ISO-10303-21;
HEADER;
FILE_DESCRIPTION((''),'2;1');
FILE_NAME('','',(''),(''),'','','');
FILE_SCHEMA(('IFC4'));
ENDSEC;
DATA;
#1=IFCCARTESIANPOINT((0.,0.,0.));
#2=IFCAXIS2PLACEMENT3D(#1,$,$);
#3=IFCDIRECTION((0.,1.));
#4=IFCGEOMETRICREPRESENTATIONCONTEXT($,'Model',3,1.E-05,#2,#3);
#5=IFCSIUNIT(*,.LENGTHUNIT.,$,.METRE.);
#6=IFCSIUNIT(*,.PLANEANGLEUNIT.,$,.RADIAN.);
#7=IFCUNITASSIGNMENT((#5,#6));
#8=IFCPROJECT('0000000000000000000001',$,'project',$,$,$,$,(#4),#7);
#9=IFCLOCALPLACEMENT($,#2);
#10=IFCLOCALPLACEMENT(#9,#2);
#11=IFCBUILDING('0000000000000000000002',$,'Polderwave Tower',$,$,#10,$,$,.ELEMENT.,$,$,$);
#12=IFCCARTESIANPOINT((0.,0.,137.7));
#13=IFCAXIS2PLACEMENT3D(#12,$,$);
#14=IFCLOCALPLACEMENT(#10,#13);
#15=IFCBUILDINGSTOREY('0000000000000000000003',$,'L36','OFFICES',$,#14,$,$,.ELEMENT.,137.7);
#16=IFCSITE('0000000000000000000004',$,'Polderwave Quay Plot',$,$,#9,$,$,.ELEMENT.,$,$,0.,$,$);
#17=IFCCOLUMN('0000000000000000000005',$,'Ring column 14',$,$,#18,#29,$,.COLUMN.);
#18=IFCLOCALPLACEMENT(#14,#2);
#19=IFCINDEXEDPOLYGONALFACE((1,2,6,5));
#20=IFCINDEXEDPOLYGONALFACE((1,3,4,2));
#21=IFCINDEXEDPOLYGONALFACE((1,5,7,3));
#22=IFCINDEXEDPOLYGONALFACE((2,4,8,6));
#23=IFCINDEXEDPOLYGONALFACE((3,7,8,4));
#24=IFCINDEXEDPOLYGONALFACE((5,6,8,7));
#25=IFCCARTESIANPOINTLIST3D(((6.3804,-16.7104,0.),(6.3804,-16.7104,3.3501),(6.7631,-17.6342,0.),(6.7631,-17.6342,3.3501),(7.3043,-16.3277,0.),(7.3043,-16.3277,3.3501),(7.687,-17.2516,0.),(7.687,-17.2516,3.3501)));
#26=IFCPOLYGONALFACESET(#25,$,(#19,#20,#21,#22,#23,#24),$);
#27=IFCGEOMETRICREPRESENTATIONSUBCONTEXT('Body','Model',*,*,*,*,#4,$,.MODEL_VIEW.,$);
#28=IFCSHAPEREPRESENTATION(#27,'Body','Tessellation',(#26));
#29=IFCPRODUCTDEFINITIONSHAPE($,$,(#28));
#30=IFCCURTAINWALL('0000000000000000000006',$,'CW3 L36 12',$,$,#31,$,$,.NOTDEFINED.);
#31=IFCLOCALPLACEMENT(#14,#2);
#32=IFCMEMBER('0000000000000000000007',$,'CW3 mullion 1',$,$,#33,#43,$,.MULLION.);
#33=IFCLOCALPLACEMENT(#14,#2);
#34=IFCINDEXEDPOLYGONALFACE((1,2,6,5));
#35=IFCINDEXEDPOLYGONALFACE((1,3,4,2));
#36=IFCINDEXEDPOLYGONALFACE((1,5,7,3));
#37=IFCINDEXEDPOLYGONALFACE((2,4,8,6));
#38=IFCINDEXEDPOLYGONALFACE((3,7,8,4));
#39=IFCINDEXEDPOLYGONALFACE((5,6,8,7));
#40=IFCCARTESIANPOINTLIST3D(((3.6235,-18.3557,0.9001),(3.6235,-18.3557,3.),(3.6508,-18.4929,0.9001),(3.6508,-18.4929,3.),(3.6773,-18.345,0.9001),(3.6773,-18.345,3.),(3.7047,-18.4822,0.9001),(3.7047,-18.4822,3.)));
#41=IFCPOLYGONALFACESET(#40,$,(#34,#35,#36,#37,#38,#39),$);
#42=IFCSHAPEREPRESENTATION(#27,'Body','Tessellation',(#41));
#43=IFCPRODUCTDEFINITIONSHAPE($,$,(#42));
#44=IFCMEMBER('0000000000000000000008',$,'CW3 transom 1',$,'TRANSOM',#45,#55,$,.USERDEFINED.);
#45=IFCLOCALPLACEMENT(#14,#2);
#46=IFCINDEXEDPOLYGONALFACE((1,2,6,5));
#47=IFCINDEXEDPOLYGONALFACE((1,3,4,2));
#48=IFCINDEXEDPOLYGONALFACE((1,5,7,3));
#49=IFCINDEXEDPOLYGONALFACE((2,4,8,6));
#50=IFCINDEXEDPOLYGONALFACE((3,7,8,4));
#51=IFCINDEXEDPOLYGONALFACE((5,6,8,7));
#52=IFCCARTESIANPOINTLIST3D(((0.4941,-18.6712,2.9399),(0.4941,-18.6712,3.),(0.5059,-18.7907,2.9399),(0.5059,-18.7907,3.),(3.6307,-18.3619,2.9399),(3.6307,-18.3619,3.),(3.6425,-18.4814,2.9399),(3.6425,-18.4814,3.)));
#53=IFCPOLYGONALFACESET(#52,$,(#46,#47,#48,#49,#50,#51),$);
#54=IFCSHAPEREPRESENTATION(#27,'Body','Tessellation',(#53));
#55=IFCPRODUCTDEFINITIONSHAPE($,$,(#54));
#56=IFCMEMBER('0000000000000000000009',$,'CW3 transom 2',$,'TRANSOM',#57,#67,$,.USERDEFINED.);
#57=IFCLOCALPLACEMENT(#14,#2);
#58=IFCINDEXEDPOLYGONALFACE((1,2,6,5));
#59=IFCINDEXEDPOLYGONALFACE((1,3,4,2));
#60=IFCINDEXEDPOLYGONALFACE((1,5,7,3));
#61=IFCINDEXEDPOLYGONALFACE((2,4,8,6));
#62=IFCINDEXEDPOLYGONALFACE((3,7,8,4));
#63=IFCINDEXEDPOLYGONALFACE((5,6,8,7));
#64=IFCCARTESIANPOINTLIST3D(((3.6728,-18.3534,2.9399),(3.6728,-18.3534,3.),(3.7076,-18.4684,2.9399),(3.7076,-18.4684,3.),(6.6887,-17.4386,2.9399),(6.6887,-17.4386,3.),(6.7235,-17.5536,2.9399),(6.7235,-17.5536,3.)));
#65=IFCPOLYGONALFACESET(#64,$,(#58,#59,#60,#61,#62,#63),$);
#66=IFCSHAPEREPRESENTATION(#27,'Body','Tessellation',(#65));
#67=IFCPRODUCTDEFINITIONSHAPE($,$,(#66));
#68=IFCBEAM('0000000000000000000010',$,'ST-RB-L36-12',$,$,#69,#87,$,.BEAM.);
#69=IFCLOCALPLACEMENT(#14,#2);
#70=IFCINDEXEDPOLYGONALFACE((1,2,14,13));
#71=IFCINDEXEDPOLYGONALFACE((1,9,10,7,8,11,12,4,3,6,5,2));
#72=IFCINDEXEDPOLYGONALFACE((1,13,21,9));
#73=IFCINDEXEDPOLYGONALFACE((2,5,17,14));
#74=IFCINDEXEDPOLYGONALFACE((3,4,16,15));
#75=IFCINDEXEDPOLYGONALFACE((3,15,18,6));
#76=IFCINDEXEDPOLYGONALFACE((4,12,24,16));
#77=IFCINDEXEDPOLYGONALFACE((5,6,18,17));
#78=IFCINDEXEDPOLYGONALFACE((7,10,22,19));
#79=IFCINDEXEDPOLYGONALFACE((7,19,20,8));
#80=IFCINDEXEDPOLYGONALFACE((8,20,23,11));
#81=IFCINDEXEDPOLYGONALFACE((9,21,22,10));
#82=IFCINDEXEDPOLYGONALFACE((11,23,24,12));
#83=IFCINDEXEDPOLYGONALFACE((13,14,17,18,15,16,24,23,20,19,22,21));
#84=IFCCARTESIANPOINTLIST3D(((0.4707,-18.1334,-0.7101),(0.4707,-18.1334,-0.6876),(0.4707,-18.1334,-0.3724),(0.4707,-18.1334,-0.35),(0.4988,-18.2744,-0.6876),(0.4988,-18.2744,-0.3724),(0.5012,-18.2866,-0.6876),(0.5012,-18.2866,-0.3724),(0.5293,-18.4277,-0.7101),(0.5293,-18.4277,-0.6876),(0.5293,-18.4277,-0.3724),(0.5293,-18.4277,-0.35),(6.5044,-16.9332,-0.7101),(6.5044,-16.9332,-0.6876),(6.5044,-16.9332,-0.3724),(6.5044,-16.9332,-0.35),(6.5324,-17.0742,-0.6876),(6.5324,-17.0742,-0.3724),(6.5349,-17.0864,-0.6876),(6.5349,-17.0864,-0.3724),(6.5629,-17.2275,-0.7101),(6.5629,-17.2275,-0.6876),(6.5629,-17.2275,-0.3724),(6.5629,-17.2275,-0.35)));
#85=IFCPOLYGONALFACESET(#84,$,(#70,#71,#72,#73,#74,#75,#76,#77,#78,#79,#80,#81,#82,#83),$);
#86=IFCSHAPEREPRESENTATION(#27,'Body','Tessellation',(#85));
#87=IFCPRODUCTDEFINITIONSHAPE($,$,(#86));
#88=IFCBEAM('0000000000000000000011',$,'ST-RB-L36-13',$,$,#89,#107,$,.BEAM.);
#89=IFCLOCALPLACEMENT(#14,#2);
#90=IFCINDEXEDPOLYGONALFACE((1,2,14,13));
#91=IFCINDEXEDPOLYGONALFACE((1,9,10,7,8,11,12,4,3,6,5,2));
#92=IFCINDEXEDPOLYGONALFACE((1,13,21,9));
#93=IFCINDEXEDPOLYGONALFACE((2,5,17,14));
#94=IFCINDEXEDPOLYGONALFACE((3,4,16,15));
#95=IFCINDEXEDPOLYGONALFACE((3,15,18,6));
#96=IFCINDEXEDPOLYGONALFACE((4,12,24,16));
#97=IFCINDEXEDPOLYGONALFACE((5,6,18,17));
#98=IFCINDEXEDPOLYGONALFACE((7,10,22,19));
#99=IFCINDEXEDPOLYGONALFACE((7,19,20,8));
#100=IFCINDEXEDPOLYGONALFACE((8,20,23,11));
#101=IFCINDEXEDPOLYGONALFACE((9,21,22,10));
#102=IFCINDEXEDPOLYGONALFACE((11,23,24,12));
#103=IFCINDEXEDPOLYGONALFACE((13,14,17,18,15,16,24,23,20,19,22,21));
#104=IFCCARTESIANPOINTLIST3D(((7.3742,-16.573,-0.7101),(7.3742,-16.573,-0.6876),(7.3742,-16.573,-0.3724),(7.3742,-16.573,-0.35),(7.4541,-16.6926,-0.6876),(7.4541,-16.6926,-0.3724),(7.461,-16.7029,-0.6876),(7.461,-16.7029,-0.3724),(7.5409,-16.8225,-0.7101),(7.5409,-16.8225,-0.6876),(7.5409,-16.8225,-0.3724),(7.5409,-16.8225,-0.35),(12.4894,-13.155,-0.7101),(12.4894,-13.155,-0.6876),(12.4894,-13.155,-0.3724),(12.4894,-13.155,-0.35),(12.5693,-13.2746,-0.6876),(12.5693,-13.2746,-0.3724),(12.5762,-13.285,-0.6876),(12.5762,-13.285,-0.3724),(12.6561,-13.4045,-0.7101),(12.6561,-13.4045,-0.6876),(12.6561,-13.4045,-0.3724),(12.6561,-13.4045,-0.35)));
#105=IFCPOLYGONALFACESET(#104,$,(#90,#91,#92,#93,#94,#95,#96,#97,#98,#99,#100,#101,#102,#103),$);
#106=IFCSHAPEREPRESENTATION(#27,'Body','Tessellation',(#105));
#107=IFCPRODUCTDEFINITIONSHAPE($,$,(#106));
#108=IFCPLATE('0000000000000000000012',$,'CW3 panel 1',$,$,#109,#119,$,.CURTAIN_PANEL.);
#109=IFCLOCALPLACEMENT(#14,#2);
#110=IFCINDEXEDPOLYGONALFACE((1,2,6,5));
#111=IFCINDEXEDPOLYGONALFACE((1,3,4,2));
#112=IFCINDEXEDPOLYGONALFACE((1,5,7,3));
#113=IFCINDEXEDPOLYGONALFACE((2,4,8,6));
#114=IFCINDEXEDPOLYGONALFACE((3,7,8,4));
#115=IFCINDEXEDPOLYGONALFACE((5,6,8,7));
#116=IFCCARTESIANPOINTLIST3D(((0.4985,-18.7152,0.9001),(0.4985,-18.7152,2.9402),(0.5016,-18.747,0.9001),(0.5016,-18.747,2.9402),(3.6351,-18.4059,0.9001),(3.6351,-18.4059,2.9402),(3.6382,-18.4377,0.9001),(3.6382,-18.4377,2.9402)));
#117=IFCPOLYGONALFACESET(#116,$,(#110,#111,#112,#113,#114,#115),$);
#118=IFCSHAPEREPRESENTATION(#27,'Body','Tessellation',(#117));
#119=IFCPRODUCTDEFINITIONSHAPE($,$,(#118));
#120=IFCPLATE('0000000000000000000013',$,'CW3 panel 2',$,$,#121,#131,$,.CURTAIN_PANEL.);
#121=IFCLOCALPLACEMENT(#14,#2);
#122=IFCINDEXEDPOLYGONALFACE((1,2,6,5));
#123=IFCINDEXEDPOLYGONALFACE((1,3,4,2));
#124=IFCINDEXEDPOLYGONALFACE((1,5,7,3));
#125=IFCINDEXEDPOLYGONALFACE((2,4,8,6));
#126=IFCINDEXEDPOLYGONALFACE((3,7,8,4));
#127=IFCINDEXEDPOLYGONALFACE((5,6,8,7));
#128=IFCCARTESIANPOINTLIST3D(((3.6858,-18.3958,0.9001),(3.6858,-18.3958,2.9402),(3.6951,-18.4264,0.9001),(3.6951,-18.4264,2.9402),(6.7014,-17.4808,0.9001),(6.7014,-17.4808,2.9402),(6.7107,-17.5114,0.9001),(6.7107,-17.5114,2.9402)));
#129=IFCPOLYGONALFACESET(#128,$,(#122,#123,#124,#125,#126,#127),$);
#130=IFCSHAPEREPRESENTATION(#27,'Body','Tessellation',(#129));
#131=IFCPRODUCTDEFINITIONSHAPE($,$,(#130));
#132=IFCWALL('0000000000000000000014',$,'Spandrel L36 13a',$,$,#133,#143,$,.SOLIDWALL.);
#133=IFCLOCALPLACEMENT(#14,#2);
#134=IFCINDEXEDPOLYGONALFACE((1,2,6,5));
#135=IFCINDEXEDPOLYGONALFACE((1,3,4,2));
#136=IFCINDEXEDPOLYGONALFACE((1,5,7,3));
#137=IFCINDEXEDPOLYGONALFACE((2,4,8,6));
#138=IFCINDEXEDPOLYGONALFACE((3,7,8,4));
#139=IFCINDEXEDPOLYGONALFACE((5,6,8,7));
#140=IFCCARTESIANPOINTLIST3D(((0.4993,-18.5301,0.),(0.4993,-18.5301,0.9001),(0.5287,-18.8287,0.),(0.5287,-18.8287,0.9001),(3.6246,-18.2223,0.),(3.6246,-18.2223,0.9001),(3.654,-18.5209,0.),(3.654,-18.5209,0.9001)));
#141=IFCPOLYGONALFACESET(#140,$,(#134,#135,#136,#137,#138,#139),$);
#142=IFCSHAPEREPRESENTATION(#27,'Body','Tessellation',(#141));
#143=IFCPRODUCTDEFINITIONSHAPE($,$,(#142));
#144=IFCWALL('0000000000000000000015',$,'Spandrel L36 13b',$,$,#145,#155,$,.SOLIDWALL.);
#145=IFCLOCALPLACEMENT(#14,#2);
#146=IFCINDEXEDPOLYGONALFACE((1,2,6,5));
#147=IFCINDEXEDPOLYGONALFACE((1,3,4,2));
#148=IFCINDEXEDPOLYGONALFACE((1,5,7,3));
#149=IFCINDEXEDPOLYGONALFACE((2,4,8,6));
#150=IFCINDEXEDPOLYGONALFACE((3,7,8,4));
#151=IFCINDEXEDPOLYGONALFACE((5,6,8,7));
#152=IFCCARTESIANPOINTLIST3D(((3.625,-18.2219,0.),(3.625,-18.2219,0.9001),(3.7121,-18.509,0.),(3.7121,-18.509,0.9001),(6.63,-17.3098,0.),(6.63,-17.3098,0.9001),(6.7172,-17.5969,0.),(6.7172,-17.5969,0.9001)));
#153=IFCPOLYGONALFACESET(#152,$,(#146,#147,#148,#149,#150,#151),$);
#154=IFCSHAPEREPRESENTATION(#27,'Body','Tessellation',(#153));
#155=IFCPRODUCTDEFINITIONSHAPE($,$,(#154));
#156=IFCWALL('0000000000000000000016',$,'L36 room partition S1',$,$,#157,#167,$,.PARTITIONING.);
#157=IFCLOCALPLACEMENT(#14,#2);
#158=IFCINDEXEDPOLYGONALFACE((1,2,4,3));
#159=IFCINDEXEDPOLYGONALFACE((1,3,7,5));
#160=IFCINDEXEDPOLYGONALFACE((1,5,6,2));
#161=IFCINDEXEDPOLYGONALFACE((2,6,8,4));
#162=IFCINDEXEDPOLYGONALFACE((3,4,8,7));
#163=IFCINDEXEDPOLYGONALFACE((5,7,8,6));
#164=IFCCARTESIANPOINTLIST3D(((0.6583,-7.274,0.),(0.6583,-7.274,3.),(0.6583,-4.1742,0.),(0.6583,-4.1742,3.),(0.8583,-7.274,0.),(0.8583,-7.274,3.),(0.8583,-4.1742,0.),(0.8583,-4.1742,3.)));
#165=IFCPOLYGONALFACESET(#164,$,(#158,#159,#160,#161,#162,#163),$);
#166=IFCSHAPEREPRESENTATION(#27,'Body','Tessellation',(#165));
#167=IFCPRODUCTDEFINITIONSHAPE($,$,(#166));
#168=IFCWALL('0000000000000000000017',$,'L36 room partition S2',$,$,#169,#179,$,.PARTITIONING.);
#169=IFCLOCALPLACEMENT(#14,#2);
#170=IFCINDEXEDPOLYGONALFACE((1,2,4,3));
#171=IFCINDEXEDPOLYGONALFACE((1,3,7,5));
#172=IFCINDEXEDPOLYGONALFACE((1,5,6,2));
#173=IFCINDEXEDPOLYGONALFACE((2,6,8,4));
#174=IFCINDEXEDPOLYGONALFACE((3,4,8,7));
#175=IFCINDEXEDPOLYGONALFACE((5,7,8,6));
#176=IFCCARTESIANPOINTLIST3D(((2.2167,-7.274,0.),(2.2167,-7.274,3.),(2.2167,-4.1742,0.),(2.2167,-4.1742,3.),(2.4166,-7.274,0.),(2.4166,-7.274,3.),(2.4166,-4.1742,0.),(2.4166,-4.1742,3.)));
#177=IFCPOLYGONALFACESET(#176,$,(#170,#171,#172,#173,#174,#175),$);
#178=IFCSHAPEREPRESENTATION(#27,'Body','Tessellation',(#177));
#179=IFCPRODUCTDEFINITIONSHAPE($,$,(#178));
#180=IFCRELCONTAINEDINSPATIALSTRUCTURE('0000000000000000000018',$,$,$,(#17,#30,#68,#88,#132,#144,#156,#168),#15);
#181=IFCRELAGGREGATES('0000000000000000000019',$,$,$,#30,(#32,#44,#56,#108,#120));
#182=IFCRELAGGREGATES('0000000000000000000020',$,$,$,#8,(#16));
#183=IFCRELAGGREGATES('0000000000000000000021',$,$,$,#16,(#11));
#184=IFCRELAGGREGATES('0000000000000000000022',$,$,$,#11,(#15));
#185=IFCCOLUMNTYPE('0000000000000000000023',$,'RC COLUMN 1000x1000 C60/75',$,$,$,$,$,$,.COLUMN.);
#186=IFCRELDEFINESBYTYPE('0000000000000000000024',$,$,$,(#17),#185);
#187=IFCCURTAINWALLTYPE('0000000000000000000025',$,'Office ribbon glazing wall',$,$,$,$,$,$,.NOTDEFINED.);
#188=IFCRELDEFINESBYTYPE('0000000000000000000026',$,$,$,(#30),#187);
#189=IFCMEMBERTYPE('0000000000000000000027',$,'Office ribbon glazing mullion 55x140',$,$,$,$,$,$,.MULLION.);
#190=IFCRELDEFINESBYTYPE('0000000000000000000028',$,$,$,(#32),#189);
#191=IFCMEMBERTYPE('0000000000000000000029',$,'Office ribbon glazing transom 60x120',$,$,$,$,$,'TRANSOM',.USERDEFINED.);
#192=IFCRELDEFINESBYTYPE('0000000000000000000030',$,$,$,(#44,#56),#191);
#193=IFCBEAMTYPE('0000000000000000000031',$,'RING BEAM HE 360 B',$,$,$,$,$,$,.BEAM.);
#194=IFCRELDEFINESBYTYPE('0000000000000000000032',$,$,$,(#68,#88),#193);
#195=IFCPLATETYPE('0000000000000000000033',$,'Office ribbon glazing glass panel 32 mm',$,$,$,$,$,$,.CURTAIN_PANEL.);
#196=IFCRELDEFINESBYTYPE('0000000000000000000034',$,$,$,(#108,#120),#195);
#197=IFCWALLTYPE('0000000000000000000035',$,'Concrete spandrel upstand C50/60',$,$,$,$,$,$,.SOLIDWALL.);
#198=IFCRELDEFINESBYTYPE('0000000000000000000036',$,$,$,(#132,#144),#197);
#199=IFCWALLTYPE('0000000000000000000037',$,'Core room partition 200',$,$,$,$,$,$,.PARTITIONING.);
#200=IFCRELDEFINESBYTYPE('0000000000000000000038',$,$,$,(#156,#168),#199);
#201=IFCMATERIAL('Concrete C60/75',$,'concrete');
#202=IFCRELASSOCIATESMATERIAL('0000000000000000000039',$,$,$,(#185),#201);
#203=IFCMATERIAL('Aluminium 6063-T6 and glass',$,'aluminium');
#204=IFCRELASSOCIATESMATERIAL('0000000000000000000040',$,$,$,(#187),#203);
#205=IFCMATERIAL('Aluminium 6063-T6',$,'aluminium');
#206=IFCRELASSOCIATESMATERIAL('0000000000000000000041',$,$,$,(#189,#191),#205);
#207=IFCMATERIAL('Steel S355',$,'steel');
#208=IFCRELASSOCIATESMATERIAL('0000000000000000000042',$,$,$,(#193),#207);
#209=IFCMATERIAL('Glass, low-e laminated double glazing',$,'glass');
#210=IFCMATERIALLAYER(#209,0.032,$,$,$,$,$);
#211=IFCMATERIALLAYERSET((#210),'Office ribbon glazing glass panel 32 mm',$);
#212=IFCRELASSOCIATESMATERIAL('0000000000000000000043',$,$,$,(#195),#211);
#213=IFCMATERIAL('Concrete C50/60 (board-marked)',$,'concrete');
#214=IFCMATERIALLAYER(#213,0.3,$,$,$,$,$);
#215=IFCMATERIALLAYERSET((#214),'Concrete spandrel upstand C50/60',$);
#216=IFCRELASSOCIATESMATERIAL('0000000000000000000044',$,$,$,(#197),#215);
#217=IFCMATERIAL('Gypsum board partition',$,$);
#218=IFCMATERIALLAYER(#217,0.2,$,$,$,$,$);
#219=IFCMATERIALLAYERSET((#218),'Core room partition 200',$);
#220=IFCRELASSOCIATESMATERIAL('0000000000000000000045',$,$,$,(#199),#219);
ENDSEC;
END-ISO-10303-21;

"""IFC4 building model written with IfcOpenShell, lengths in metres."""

from ifc_helpers import new_model, si_unit, direction, frame, frame_2d, origin, origin_2d, place, context, subcontext, project, spatial, rectangle, i_section, extrude, material, layer, layer_set, material_profile, profile_set, type_object, element, aggregate, save


model = new_model("IFC4")

# Units and contexts
model_context = context("Model", 3, precision=1e-05, world=origin(), true_north=direction((0.0, 1.0)))
body_context = subcontext(model_context, "Body", "Model", "MODEL_VIEW")
ifc_project = project(units=[si_unit("LENGTHUNIT", "METRE"), si_unit("PLANEANGLEUNIT", "RADIAN")], contexts=[model_context])

# Site, building, storey
site_placement = place(None, origin())
site = spatial("IfcSite", under=ifc_project, at=site_placement, Name="Polderwave Quay Plot", CompositionType="ELEMENT", RefElevation=0.0)
building_placement = place(site_placement, origin())
building = spatial("IfcBuilding", under=site, at=building_placement, Name="Polderwave Tower", CompositionType="ELEMENT")
storey_placement = place(building_placement, frame((0.0, 0.0, 137.7)))
storey = spatial("IfcBuildingStorey", under=building, at=storey_placement, Name="L36", Description="OFFICES", CompositionType="ELEMENT", Elevation=137.7)

# Column
ifc_material_1 = material(Name="Concrete C60/75", Category="concrete")
ifc_material_profile_1 = material_profile(ifc_material_1, rectangle(XDim=1.0, YDim=1.0, at=origin_2d()), Name="RC 1000x1000")
ifc_profile_set_1 = profile_set([ifc_material_profile_1], Name="Concrete C60/75")
column_type = type_object("IfcColumnType", Name="RC COLUMN 1000x1000 C60/75", PredefinedType="COLUMN", material=ifc_profile_set_1)
column_placement = place(storey_placement, frame((7.0337, -16.981, 0.0), z_axis=(0.0, 0.0, 1.0), x_axis=(0.382683, -0.92388, 0.0)))
element("IfcColumn", 1, at=column_placement, inside=storey, type_object=column_type, Name="Ring column 14", PredefinedType="COLUMN", context=body_context, shape_type="SweptSolid", body=[
    extrude(rectangle(XDim=1.0, YDim=1.0, at=origin_2d()), origin(), (0.0, 0.0, 1.0), 3.3501),
])

# Curtain wall, members
ifc_material_2 = material(Name="Aluminium 6063-T6 and glass", Category="aluminium")
curtain_wall_type = type_object("IfcCurtainWallType", Name="Office ribbon glazing wall", PredefinedType="NOTDEFINED", material=ifc_material_2)
curtain_wall_placement = place(storey_placement, origin())
curtain_wall = element("IfcCurtainWall", 2, at=curtain_wall_placement, inside=storey, type_object=curtain_wall_type, Name="CW3 L36 12", PredefinedType="NOTDEFINED")
ifc_material_3 = material(Name="Aluminium 6063-T6", Category="aluminium")
ifc_material_profile_2 = material_profile(ifc_material_3, rectangle(XDim=0.1399, YDim=0.0549, at=origin_2d()), Name="AL 55x140")
ifc_profile_set_2 = profile_set([ifc_material_profile_2], Name="Aluminium 6063-T6")
member_type_1 = type_object("IfcMemberType", Name="Office ribbon glazing mullion 55x140", PredefinedType="MULLION", material=ifc_profile_set_2)
member_1_placement = place(storey_placement, frame((3.6641, -18.4189, 0.9001), z_axis=(0.0, 0.0, 1.0), x_axis=(-0.195179, 0.980768, 0.0)))
member_1 = element("IfcMember", 3, at=member_1_placement, type_object=member_type_1, Name="CW3 mullion 1", PredefinedType="MULLION", context=body_context, shape_type="SweptSolid", body=[
    extrude(rectangle(XDim=0.1399, YDim=0.0549, at=origin_2d()), origin(), (0.0, 0.0, 1.0), 2.0999),
])
ifc_material_profile_3 = material_profile(ifc_material_3, rectangle(XDim=0.1201, YDim=0.0601, at=origin_2d()), Name="AL 60x120")
ifc_profile_set_3 = profile_set([ifc_material_profile_3], Name="Aluminium 6063-T6")
member_type_2 = type_object("IfcMemberType", Name="Office ribbon glazing transom 60x120", ElementType="TRANSOM", PredefinedType="USERDEFINED", material=ifc_profile_set_3)
member_2_placement = place(storey_placement, frame((0.5, -18.731, 2.97), z_axis=(0.995173, 0.098139, 0.0), x_axis=(-0.098139, 0.995173, 0.0)))
member_2 = element("IfcMember", 4, at=member_2_placement, type_object=member_type_2, Name="CW3 transom 1", ObjectType="TRANSOM", PredefinedType="USERDEFINED", context=body_context, shape_type="SweptSolid", body=[
    extrude(rectangle(XDim=0.1201, YDim=0.0601, at=origin_2d()), origin(), (0.0, 0.0, 1.0), 3.1519),
])
member_3_placement = place(storey_placement, frame((3.6902, -18.4109, 2.97), z_axis=(0.956946, 0.290268, 0.0), x_axis=(-0.290268, 0.956946, 0.0)))
member_3 = element("IfcMember", 5, at=member_3_placement, type_object=member_type_2, Name="CW3 transom 2", ObjectType="TRANSOM", PredefinedType="USERDEFINED", context=body_context, shape_type="SweptSolid", body=[
    extrude(rectangle(XDim=0.1201, YDim=0.0601, at=origin_2d()), origin(), (0.0, 0.0, 1.0), 3.1516),
])

# Beams
ifc_material_4 = material(Name="Steel S355", Category="steel")
ifc_material_profile_4 = material_profile(ifc_material_4, i_section(OverallWidth=0.3, OverallDepth=0.3601, WebThickness=0.0125, FlangeThickness=0.0225, at=origin_2d()), Name="HE 360 B")
ifc_profile_set_4 = profile_set([ifc_material_profile_4], Name="Steel S355")
beam_type = type_object("IfcBeamType", Name="RING BEAM HE 360 B", PredefinedType="BEAM", material=ifc_profile_set_4)
beam_1_placement = place(storey_placement, frame((0.5, -18.2805, -0.53), z_axis=(0.980785, 0.195093, 0.0), x_axis=(-0.195093, 0.980785, 0.0)))
element("IfcBeam", 6, at=beam_1_placement, inside=storey, type_object=beam_type, Name="ST-RB-L36-12", PredefinedType="BEAM", context=body_context, shape_type="SweptSolid", body=[
    extrude(i_section(OverallWidth=0.3, OverallDepth=0.3601, WebThickness=0.0125, FlangeThickness=0.0225, at=origin_2d()), origin(), (0.0, 0.0, 1.0), 6.1519),
])
beam_2_placement = place(storey_placement, frame((7.4575, -16.6978, -0.53), z_axis=(0.831464, 0.555579, 0.0), x_axis=(-0.555579, 0.831464, 0.0)))
element("IfcBeam", 7, at=beam_2_placement, inside=storey, type_object=beam_type, Name="ST-RB-L36-13", PredefinedType="BEAM", context=body_context, shape_type="SweptSolid", body=[
    extrude(i_section(OverallWidth=0.3, OverallDepth=0.3601, WebThickness=0.0125, FlangeThickness=0.0225, at=origin_2d()), origin(), (0.0, 0.0, 1.0), 6.1521),
])

# Plates
ifc_material_5 = material(Name="Glass, low-e laminated double glazing", Category="glass")
ifc_layer_1 = layer(ifc_material_5, 0.032)
ifc_layer_set_1 = layer_set([ifc_layer_1], Name="Office ribbon glazing glass panel 32 mm")
plate_type = type_object("IfcPlateType", Name="Office ribbon glazing glass panel 32 mm", PredefinedType="CURTAIN_PANEL", material=ifc_layer_set_1)
plate_1_placement = place(storey_placement, frame((2.0684, -18.5764, 0.9001), z_axis=(0.0, 0.0, 1.0), x_axis=(0.995173, 0.098134, 0.0)))
plate_1 = element("IfcPlate", 8, at=plate_1_placement, type_object=plate_type, Name="CW3 panel 1", PredefinedType="CURTAIN_PANEL", context=body_context, shape_type="SweptSolid", body=[
    extrude(rectangle(XDim=3.1519, YDim=0.032, at=origin_2d()), origin(), (0.0, 0.0, 1.0), 2.04),
])
plate_2_placement = place(storey_placement, frame((5.1982, -17.9536, 0.9001), z_axis=(0.0, 0.0, 1.0), x_axis=(0.956921, 0.290348, 0.0)))
plate_2 = element("IfcPlate", 9, at=plate_2_placement, type_object=plate_type, Name="CW3 panel 2", PredefinedType="CURTAIN_PANEL", context=body_context, shape_type="SweptSolid", body=[
    extrude(rectangle(XDim=3.1514, YDim=0.032, at=origin_2d()), origin(), (0.0, 0.0, 1.0), 2.04),
])
aggregate(curtain_wall, [member_1, member_2, member_3, plate_1, plate_2])

# Walls
ifc_material_6 = material(Name="Concrete C50/60 (board-marked)", Category="concrete")
ifc_layer_2 = layer(ifc_material_6, 0.3)
ifc_layer_set_2 = layer_set([ifc_layer_2], Name="Concrete spandrel upstand C50/60")
wall_type_1 = type_object("IfcWallType", Name="Concrete spandrel upstand C50/60", PredefinedType="SOLIDWALL", material=ifc_layer_set_2)
for number, where, z_axis, x_axis, name in (
    (10, (0.5139, -18.6794, 0.0), (0.0, 0.0, 1.0), (0.995183, 0.098033, 0.0), "Spandrel L36 13a"),
    (11, (3.6685, -18.3655, 0.0), (0.0, 0.0, 1.0), (0.956895, 0.290435, 0.0), "Spandrel L36 13b"),
):
    element("IfcWall", number, at=place(storey_placement, frame(where, z_axis=z_axis, x_axis=x_axis)), inside=storey, type_object=wall_type_1, Name=name, PredefinedType="SOLIDWALL", context=body_context, shape_type="SweptSolid", body=[
        extrude(rectangle(XDim=3.1404, YDim=0.3, at=frame_2d((1.5703, 0.0))), origin(), (0.0, 0.0, 1.0), 0.9001),
    ])
ifc_material_7 = material(Name="Gypsum board partition")
ifc_layer_3 = layer(ifc_material_7, 0.2)
ifc_layer_set_3 = layer_set([ifc_layer_3], Name="Core room partition 200")
wall_type_2 = type_object("IfcWallType", Name="Core room partition 200", PredefinedType="PARTITIONING", material=ifc_layer_set_3)
for number, where, z_axis, x_axis, name in (
    (12, (0.7583, -7.2739, 0.0), (0.0, 0.0, 1.0), (0.0, 1.0, 0.0), "L36 room partition S1"),
    (13, (2.3167, -7.2739, 0.0), (0.0, 0.0, 1.0), (0.0, 1.0, 0.0), "L36 room partition S2"),
):
    element("IfcWall", number, at=place(storey_placement, frame(where, z_axis=z_axis, x_axis=x_axis)), inside=storey, type_object=wall_type_2, Name=name, PredefinedType="PARTITIONING", context=body_context, shape_type="SweptSolid", body=[
        extrude(rectangle(XDim=3.0999, YDim=0.2, at=frame_2d((1.5498, 0.0))), origin(), (0.0, 0.0, 1.0), 3.0),
    ])

save(model, "model.ifc")
